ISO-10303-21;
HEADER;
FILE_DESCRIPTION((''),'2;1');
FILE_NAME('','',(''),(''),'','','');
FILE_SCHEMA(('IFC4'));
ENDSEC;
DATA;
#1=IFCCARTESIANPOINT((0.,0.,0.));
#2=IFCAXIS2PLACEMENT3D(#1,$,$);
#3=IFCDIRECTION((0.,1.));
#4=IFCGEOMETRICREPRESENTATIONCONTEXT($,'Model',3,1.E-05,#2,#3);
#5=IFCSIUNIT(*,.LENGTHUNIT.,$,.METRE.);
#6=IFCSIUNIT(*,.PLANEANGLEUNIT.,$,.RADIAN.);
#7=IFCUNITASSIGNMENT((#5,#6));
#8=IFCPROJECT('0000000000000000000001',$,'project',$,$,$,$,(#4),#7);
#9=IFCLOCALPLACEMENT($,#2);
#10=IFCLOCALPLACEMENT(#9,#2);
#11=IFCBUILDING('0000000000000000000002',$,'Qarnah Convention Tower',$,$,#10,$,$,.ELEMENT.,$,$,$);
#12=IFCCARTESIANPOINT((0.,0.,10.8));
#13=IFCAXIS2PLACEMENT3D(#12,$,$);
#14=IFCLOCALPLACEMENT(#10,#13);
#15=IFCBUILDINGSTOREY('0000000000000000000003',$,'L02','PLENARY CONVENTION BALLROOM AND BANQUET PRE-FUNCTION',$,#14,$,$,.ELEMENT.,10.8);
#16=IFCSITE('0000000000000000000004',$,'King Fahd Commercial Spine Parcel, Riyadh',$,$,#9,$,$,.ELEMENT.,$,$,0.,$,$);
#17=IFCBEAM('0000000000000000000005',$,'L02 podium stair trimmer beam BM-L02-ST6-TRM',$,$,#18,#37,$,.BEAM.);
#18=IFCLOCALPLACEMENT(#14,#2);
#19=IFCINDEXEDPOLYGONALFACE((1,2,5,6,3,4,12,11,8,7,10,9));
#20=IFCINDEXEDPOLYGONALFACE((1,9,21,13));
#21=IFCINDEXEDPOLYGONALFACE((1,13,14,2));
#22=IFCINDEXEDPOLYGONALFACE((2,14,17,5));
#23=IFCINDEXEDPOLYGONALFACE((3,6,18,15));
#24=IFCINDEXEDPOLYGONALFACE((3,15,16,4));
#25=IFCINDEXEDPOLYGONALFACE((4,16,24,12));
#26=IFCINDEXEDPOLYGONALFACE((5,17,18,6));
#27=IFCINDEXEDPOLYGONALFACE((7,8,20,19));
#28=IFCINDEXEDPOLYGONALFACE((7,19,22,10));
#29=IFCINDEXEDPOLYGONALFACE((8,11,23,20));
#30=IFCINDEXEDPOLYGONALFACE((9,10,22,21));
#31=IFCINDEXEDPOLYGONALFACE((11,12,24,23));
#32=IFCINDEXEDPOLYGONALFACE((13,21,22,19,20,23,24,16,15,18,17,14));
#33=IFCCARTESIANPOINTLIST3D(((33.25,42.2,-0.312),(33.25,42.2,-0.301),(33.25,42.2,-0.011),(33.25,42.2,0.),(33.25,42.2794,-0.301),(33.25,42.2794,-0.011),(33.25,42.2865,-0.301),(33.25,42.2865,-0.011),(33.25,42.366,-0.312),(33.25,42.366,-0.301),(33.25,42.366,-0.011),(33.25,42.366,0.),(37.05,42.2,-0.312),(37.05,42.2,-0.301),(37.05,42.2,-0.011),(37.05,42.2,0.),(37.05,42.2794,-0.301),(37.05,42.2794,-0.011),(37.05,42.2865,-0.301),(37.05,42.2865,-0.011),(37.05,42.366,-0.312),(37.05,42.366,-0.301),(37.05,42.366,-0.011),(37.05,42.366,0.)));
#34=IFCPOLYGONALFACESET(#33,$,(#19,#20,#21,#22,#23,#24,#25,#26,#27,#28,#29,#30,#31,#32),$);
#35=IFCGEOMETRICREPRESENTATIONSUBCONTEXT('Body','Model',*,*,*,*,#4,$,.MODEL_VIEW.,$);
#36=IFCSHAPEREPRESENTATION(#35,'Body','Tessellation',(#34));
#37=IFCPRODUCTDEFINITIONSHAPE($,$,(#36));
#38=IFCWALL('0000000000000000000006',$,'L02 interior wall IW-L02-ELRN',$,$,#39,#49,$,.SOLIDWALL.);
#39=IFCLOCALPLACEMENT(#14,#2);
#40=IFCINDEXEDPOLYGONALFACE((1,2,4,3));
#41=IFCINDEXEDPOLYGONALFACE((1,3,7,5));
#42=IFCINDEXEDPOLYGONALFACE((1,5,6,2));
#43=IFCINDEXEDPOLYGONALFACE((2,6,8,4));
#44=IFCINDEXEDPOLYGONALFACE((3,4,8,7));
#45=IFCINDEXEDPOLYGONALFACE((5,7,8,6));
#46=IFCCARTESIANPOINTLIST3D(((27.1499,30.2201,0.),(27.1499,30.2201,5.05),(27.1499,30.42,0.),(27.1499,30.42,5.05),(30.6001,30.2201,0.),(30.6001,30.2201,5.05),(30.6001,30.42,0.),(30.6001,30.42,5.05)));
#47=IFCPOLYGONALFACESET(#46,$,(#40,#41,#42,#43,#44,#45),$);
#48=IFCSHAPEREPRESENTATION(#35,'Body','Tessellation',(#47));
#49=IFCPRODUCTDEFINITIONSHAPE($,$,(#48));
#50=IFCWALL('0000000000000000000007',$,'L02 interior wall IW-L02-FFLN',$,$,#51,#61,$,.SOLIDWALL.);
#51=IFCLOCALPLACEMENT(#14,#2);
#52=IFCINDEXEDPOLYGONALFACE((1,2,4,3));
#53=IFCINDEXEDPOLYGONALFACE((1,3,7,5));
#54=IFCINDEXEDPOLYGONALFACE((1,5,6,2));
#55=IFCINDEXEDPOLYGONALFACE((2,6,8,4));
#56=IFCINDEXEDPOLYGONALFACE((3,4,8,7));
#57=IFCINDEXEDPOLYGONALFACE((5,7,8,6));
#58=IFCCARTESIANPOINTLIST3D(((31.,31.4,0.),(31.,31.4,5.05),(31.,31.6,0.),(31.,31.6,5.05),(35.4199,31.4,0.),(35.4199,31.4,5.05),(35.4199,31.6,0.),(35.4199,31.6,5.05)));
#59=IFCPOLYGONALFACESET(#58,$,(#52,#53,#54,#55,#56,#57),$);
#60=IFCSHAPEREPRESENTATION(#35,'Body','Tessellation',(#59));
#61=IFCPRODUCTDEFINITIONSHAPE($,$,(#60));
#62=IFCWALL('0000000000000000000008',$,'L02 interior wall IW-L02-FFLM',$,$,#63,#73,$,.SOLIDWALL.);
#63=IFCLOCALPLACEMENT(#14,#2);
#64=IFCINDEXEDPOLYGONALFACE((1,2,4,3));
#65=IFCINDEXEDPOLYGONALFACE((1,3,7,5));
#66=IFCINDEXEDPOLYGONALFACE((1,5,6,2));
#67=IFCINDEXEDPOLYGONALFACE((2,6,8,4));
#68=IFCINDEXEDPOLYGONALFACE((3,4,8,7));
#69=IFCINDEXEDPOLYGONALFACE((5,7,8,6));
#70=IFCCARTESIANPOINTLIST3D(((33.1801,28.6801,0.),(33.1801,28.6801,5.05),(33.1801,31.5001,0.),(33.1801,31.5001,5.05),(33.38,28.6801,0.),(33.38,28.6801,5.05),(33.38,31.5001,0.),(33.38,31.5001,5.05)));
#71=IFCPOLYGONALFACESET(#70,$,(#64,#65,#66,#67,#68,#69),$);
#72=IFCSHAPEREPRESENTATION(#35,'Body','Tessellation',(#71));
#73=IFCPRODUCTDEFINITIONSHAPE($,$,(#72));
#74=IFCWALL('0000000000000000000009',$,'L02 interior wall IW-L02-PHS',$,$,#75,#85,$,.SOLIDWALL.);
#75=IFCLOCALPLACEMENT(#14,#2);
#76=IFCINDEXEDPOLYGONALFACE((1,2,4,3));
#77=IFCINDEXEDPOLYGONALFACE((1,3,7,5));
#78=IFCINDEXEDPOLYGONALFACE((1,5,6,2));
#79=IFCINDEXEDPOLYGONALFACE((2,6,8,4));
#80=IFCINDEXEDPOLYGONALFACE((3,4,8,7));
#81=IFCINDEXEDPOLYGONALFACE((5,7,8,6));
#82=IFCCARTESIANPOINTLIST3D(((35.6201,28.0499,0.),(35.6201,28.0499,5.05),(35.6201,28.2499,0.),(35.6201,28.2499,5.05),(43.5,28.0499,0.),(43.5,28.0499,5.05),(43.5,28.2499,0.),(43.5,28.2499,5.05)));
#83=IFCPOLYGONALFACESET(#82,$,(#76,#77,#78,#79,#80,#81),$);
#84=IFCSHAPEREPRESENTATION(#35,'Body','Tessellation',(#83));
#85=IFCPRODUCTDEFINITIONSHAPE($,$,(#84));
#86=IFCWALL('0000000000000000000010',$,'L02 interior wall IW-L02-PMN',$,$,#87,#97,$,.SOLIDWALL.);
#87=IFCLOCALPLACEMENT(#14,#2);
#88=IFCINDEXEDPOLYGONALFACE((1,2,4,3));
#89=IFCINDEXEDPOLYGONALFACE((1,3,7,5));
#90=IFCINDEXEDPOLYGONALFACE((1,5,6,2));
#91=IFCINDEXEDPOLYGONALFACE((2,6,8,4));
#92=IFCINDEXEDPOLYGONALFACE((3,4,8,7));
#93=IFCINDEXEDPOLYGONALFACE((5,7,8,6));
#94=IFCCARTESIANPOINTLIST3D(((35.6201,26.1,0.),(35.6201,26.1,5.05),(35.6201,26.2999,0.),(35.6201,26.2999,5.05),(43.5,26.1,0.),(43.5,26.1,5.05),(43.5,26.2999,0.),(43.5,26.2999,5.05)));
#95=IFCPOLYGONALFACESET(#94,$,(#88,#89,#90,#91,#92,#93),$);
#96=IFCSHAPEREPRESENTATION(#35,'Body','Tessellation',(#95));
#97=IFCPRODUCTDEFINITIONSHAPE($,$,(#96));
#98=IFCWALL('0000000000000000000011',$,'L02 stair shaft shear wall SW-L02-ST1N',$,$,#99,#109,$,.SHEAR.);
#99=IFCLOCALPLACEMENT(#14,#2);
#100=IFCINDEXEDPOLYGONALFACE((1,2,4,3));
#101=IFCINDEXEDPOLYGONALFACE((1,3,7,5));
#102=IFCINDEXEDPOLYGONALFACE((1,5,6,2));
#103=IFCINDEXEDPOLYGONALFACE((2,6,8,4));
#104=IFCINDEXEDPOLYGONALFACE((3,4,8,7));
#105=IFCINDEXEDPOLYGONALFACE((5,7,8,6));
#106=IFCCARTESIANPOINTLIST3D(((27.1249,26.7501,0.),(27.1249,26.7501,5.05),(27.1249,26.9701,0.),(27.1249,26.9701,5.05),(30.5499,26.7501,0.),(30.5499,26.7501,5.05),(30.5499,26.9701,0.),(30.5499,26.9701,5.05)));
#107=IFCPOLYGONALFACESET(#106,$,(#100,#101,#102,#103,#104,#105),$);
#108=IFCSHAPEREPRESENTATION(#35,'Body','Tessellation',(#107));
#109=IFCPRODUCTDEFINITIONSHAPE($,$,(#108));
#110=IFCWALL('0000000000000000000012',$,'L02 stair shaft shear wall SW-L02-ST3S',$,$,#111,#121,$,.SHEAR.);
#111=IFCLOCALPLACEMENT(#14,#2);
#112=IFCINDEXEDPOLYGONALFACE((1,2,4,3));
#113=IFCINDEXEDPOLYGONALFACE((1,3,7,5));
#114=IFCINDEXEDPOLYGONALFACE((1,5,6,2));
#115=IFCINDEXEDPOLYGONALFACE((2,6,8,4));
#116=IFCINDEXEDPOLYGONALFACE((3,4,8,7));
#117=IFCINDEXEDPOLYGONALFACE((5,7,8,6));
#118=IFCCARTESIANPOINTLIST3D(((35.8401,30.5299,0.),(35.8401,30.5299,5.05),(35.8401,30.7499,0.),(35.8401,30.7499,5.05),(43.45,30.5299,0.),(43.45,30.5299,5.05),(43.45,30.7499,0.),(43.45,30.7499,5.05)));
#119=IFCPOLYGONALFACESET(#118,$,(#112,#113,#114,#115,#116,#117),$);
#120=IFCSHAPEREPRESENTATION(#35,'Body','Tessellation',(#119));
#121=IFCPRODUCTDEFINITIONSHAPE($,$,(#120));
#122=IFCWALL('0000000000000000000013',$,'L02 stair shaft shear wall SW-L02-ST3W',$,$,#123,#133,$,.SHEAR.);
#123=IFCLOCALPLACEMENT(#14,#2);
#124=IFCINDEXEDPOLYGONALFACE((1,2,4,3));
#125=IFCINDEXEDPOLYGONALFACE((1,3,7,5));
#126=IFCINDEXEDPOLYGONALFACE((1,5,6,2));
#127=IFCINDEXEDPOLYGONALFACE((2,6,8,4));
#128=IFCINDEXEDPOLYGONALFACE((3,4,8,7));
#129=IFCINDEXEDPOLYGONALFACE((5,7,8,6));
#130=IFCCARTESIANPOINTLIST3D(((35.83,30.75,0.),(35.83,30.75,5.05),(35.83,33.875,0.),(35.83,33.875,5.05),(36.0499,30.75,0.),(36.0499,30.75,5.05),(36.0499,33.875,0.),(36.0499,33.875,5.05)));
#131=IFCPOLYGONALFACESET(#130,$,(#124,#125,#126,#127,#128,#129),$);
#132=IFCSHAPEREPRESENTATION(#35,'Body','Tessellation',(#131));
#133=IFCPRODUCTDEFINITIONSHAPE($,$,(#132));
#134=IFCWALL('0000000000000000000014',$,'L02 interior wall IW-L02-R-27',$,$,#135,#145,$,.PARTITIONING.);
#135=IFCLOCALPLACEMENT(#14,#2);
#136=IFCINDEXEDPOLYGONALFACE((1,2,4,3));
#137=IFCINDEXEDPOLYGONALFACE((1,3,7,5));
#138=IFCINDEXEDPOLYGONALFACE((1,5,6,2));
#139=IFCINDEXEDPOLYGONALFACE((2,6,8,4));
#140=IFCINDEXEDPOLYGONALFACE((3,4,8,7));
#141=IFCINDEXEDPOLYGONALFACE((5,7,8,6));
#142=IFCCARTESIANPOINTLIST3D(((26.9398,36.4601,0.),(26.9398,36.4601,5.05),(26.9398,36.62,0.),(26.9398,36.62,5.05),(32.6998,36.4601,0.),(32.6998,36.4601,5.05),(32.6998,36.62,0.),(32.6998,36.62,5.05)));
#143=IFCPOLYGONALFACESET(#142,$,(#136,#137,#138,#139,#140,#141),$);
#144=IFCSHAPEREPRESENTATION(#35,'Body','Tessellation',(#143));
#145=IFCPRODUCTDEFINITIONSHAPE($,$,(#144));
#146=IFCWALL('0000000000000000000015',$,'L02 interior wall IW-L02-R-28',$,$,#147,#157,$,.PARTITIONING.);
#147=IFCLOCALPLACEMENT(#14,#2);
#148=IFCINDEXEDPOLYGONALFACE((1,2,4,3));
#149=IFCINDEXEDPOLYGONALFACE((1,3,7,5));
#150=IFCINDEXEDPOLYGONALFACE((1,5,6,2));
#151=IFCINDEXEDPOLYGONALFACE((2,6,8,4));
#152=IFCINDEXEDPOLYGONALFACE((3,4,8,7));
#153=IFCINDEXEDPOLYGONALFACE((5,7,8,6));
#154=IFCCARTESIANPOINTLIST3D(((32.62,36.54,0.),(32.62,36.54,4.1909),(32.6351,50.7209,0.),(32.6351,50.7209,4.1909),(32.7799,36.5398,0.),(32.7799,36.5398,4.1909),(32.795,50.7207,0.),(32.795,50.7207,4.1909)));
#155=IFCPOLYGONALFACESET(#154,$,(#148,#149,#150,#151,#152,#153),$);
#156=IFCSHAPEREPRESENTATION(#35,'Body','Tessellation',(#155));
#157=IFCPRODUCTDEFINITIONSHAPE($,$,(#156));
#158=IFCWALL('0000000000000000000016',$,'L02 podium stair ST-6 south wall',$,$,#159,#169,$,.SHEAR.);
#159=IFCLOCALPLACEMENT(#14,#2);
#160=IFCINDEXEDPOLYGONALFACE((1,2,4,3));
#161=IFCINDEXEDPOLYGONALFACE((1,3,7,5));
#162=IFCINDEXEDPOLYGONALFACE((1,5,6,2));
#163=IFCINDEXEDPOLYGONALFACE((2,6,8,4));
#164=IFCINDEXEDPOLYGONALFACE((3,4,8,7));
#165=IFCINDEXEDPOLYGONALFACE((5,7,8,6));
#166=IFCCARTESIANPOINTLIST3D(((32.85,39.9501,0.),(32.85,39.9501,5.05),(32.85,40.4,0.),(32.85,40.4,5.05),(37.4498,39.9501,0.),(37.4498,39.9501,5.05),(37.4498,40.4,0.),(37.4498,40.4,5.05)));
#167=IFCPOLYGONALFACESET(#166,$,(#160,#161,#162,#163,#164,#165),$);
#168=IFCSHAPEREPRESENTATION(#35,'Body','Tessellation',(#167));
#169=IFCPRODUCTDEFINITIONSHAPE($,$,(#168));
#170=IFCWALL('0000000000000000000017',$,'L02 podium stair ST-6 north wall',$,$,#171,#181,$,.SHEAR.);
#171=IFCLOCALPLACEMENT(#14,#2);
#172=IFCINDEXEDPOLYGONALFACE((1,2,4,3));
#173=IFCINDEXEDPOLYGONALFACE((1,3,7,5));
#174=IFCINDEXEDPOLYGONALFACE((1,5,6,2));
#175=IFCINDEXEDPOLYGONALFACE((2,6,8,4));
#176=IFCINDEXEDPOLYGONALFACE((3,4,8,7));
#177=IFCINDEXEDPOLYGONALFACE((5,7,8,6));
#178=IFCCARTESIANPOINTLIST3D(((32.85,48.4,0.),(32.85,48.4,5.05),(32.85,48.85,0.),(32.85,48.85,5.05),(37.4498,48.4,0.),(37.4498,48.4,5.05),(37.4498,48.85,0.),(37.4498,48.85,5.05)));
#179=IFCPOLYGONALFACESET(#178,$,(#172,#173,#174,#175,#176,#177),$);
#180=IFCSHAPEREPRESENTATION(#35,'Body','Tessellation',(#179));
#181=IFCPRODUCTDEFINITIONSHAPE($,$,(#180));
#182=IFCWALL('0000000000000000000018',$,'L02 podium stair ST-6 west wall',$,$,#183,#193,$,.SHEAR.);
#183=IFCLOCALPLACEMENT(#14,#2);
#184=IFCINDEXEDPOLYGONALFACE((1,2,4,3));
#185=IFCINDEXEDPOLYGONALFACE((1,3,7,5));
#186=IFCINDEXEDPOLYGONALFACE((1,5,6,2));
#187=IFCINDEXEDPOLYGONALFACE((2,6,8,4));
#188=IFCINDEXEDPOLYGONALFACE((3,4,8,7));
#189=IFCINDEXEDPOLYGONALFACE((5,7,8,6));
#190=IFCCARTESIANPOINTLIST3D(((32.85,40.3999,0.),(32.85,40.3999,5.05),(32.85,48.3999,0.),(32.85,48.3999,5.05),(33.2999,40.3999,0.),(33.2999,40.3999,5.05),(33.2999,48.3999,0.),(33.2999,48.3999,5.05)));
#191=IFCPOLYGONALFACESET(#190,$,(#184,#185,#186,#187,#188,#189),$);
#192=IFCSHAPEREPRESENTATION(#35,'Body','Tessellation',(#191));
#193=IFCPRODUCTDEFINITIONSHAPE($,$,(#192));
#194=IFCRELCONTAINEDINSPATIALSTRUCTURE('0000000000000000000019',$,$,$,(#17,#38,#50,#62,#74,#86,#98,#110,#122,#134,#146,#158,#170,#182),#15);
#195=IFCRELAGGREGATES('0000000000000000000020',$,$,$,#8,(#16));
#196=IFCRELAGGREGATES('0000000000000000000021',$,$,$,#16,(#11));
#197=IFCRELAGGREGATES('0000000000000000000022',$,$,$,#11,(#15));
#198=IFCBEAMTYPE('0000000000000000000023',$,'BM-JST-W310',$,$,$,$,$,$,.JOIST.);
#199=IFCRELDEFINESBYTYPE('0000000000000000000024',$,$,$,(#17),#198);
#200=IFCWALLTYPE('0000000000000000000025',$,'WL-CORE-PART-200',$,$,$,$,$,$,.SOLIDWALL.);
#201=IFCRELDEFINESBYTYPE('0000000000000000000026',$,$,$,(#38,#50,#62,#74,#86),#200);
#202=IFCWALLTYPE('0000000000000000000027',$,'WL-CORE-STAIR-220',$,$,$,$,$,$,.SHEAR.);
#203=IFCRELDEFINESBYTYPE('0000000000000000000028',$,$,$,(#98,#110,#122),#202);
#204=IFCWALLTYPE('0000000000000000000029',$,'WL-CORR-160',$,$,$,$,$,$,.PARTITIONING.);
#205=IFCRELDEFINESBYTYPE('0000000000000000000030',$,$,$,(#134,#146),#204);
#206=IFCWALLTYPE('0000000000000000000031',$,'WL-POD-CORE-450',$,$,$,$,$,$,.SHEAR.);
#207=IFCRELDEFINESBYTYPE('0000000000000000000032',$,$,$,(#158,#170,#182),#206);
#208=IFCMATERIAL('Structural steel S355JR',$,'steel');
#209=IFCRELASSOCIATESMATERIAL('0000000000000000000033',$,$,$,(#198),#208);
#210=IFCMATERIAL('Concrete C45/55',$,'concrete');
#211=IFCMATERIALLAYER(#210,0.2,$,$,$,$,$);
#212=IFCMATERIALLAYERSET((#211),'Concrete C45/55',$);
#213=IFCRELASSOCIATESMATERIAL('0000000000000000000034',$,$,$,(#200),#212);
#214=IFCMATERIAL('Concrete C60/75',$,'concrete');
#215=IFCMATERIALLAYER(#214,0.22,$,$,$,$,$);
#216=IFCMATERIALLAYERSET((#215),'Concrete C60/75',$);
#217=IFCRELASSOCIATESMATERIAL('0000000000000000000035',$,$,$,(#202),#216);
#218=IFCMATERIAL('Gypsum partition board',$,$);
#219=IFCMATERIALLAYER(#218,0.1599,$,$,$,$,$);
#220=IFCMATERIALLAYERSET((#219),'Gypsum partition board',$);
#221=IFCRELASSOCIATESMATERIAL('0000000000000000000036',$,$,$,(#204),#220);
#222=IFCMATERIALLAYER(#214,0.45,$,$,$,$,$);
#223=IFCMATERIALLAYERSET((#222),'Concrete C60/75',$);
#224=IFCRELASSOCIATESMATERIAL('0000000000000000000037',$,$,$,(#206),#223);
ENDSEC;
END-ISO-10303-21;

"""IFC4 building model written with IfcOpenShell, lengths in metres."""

from ifc_helpers import new_model, si_unit, direction, frame, frame_2d, origin, origin_2d, place, context, subcontext, project, spatial, rectangle, i_section, extrude, material, layer, layer_set, material_profile, profile_set, type_object, element, save


model = new_model("IFC4")

# Units and contexts
model_context = context("Model", 3, precision=1e-05, world=origin(), true_north=direction((0.0, 1.0)))
body_context = subcontext(model_context, "Body", "Model", "MODEL_VIEW")
ifc_project = project(units=[si_unit("LENGTHUNIT", "METRE"), si_unit("PLANEANGLEUNIT", "RADIAN")], contexts=[model_context])

# Site, building, storey
site_placement = place(None, origin())
site = spatial("IfcSite", under=ifc_project, at=site_placement, Name="King Fahd Commercial Spine Parcel, Riyadh", CompositionType="ELEMENT", RefElevation=0.0)
building_placement = place(site_placement, origin())
building = spatial("IfcBuilding", under=site, at=building_placement, Name="Qarnah Convention Tower", CompositionType="ELEMENT")
storey_placement = place(building_placement, frame((0.0, 0.0, 10.8)))
storey = spatial("IfcBuildingStorey", under=building, at=storey_placement, Name="L02", Description="PLENARY CONVENTION BALLROOM AND BANQUET PRE-FUNCTION", CompositionType="ELEMENT", Elevation=10.8)

# Beam
ifc_material_1 = material(Name="Structural steel S355JR", Category="steel")
ifc_material_profile = material_profile(ifc_material_1, i_section(OverallWidth=0.166, OverallDepth=0.312, WebThickness=0.0071, FlangeThickness=0.011, at=origin_2d()), Name="W310X45")
ifc_profile_set = profile_set([ifc_material_profile], Name="Structural steel S355JR")
beam_type = type_object("IfcBeamType", Name="BM-JST-W310", PredefinedType="JOIST", material=ifc_profile_set)
beam_placement = place(storey_placement, frame((33.25, 42.283, -0.156), z_axis=(1.0, 0.0, 0.0), x_axis=(0.0, 1.0, 0.0)))
element("IfcBeam", 1, at=beam_placement, inside=storey, type_object=beam_type, Name="L02 podium stair trimmer beam BM-L02-ST6-TRM", PredefinedType="BEAM", context=body_context, shape_type="SweptSolid", body=[
    extrude(i_section(OverallWidth=0.166, OverallDepth=0.312, WebThickness=0.0071, FlangeThickness=0.011, at=origin_2d()), origin(), (0.0, 0.0, 1.0), 3.8),
])

# Wall
ifc_material_2 = material(Name="Concrete C45/55", Category="concrete")
ifc_layer_1 = layer(ifc_material_2, 0.2)
ifc_layer_set_1 = layer_set([ifc_layer_1], Name="Concrete C45/55")
wall_type_1 = type_object("IfcWallType", Name="WL-CORE-PART-200", PredefinedType="SOLIDWALL", material=ifc_layer_set_1)
wall_1_placement = place(storey_placement, frame((27.1499, 30.3201, 0.0), z_axis=(0.0, 0.0, 1.0), x_axis=(1.0, 0.0, 0.0)))
element("IfcWall", 2, at=wall_1_placement, inside=storey, type_object=wall_type_1, Name="L02 interior wall IW-L02-ELRN", PredefinedType="SOLIDWALL", context=body_context, shape_type="SweptSolid", body=[
    extrude(rectangle(XDim=3.4502, YDim=0.2, at=frame_2d((1.7251, 0.0))), origin(), (0.0, 0.0, 1.0), 5.05),
])

# Walls
wall_2_placement = place(storey_placement, frame((31.0, 31.5, 0.0), z_axis=(0.0, 0.0, 1.0), x_axis=(1.0, 0.0, 0.0)))
element("IfcWall", 3, at=wall_2_placement, inside=storey, type_object=wall_type_1, Name="L02 interior wall IW-L02-FFLN", PredefinedType="SOLIDWALL", context=body_context, shape_type="SweptSolid", body=[
    extrude(rectangle(XDim=4.4199, YDim=0.2, at=frame_2d((2.21, 0.0))), origin(), (0.0, 0.0, 1.0), 5.05),
])
wall_3_placement = place(storey_placement, frame((33.28, 28.6799, 0.0), z_axis=(0.0, 0.0, 1.0), x_axis=(0.0, 1.0, 0.0)))
element("IfcWall", 4, at=wall_3_placement, inside=storey, type_object=wall_type_1, Name="L02 interior wall IW-L02-FFLM", PredefinedType="SOLIDWALL", context=body_context, shape_type="SweptSolid", body=[
    extrude(rectangle(XDim=2.8201, YDim=0.2, at=frame_2d((1.4102, 0.0))), origin(), (0.0, 0.0, 1.0), 5.05),
])
for number, where, z_axis, x_axis, name in (
    (5, (35.6201, 28.1499, 0.0), (0.0, 0.0, 1.0), (1.0, 0.0, 0.0), "L02 interior wall IW-L02-PHS"),
    (6, (35.6201, 26.2, 0.0), (0.0, 0.0, 1.0), (1.0, 0.0, 0.0), "L02 interior wall IW-L02-PMN"),
):
    element("IfcWall", number, at=place(storey_placement, frame(where, z_axis=z_axis, x_axis=x_axis)), inside=storey, type_object=wall_type_1, Name=name, PredefinedType="SOLIDWALL", context=body_context, shape_type="SweptSolid", body=[
        extrude(rectangle(XDim=7.8799, YDim=0.2, at=frame_2d((3.9399, 0.0))), origin(), (0.0, 0.0, 1.0), 5.05),
    ])
ifc_material_3 = material(Name="Concrete C60/75", Category="concrete")
ifc_layer_2 = layer(ifc_material_3, 0.22)
ifc_layer_set_2 = layer_set([ifc_layer_2], Name="Concrete C60/75")
wall_type_2 = type_object("IfcWallType", Name="WL-CORE-STAIR-220", PredefinedType="SHEAR", material=ifc_layer_set_2)
wall_4_placement = place(storey_placement, frame((27.125, 26.8601, 0.0), z_axis=(0.0, 0.0, 1.0), x_axis=(1.0, 0.0, 0.0)))
element("IfcWall", 7, at=wall_4_placement, inside=storey, type_object=wall_type_2, Name="L02 stair shaft shear wall SW-L02-ST1N", PredefinedType="SHEAR", context=body_context, shape_type="SweptSolid", body=[
    extrude(rectangle(XDim=3.425, YDim=0.22, at=frame_2d((1.7124, 0.0))), origin(), (0.0, 0.0, 1.0), 5.05),
])
wall_5_placement = place(storey_placement, frame((35.8401, 30.6399, 0.0), z_axis=(0.0, 0.0, 1.0), x_axis=(1.0, 0.0, 0.0)))
element("IfcWall", 8, at=wall_5_placement, inside=storey, type_object=wall_type_2, Name="L02 stair shaft shear wall SW-L02-ST3S", PredefinedType="SHEAR", context=body_context, shape_type="SweptSolid", body=[
    extrude(rectangle(XDim=7.6099, YDim=0.22, at=frame_2d((3.8049, 0.0))), origin(), (0.0, 0.0, 1.0), 5.05),
])
wall_6_placement = place(storey_placement, frame((35.9399, 30.75, 0.0), z_axis=(0.0, 0.0, 1.0), x_axis=(0.0, 1.0, 0.0)))
element("IfcWall", 9, at=wall_6_placement, inside=storey, type_object=wall_type_2, Name="L02 stair shaft shear wall SW-L02-ST3W", PredefinedType="SHEAR", context=body_context, shape_type="SweptSolid", body=[
    extrude(rectangle(XDim=3.125, YDim=0.22, at=frame_2d((1.5625, 0.0))), origin(), (0.0, 0.0, 1.0), 5.05),
])
ifc_material_4 = material(Name="Gypsum partition board")
ifc_layer_3 = layer(ifc_material_4, 0.1599)
ifc_layer_set_3 = layer_set([ifc_layer_3], Name="Gypsum partition board")
wall_type_3 = type_object("IfcWallType", Name="WL-CORR-160", PredefinedType="PARTITIONING", material=ifc_layer_set_3)
wall_7_placement = place(storey_placement, frame((26.9399, 36.54, 0.0), z_axis=(0.0, 0.0, 1.0), x_axis=(1.0, 0.0, 0.0)))
element("IfcWall", 10, at=wall_7_placement, inside=storey, type_object=wall_type_3, Name="L02 interior wall IW-L02-R-27", PredefinedType="PARTITIONING", context=body_context, shape_type="SweptSolid", body=[
    extrude(rectangle(XDim=5.76, YDim=0.1599, at=frame_2d((2.8799, 0.0))), origin(), (0.0, 0.0, 1.0), 5.05),
])
wall_8_placement = place(storey_placement, frame((32.7, 36.54, 0.0), z_axis=(0.0, 0.0, 1.0), x_axis=(0.001067, 0.999999, 0.0)))
element("IfcWall", 11, at=wall_8_placement, inside=storey, type_object=wall_type_3, Name="L02 interior wall IW-L02-R-28", PredefinedType="PARTITIONING", context=body_context, shape_type="SweptSolid", body=[
    extrude(rectangle(XDim=14.1809, YDim=0.1599, at=frame_2d((7.0903, 0.0))), origin(), (0.0, 0.0, 1.0), 4.1909),
])
ifc_layer_4 = layer(ifc_material_3, 0.45)
ifc_layer_set_4 = layer_set([ifc_layer_4], Name="Concrete C60/75")
wall_type_4 = type_object("IfcWallType", Name="WL-POD-CORE-450", PredefinedType="SHEAR", material=ifc_layer_set_4)
for number, where, z_axis, x_axis, name in (
    (12, (32.8501, 40.175, 0.0), (0.0, 0.0, 1.0), (1.0, 0.0, 0.0), "L02 podium stair ST-6 south wall"),
    (13, (32.8501, 48.625, 0.0), (0.0, 0.0, 1.0), (1.0, 0.0, 0.0), "L02 podium stair ST-6 north wall"),
):
    element("IfcWall", number, at=place(storey_placement, frame(where, z_axis=z_axis, x_axis=x_axis)), inside=storey, type_object=wall_type_4, Name=name, PredefinedType="SHEAR", context=body_context, shape_type="SweptSolid", body=[
        extrude(rectangle(XDim=4.5999, YDim=0.45, at=frame_2d((2.2998, 0.0))), origin(), (0.0, 0.0, 1.0), 5.05),
    ])
wall_9_placement = place(storey_placement, frame((33.075, 40.3999, 0.0), z_axis=(0.0, 0.0, 1.0), x_axis=(0.0, 1.0, 0.0)))
element("IfcWall", 14, at=wall_9_placement, inside=storey, type_object=wall_type_4, Name="L02 podium stair ST-6 west wall", PredefinedType="SHEAR", context=body_context, shape_type="SweptSolid", body=[
    extrude(rectangle(XDim=8.0, YDim=0.45, at=frame_2d((4.0, 0.0))), origin(), (0.0, 0.0, 1.0), 5.05),
])

save(model, "model.ifc")
